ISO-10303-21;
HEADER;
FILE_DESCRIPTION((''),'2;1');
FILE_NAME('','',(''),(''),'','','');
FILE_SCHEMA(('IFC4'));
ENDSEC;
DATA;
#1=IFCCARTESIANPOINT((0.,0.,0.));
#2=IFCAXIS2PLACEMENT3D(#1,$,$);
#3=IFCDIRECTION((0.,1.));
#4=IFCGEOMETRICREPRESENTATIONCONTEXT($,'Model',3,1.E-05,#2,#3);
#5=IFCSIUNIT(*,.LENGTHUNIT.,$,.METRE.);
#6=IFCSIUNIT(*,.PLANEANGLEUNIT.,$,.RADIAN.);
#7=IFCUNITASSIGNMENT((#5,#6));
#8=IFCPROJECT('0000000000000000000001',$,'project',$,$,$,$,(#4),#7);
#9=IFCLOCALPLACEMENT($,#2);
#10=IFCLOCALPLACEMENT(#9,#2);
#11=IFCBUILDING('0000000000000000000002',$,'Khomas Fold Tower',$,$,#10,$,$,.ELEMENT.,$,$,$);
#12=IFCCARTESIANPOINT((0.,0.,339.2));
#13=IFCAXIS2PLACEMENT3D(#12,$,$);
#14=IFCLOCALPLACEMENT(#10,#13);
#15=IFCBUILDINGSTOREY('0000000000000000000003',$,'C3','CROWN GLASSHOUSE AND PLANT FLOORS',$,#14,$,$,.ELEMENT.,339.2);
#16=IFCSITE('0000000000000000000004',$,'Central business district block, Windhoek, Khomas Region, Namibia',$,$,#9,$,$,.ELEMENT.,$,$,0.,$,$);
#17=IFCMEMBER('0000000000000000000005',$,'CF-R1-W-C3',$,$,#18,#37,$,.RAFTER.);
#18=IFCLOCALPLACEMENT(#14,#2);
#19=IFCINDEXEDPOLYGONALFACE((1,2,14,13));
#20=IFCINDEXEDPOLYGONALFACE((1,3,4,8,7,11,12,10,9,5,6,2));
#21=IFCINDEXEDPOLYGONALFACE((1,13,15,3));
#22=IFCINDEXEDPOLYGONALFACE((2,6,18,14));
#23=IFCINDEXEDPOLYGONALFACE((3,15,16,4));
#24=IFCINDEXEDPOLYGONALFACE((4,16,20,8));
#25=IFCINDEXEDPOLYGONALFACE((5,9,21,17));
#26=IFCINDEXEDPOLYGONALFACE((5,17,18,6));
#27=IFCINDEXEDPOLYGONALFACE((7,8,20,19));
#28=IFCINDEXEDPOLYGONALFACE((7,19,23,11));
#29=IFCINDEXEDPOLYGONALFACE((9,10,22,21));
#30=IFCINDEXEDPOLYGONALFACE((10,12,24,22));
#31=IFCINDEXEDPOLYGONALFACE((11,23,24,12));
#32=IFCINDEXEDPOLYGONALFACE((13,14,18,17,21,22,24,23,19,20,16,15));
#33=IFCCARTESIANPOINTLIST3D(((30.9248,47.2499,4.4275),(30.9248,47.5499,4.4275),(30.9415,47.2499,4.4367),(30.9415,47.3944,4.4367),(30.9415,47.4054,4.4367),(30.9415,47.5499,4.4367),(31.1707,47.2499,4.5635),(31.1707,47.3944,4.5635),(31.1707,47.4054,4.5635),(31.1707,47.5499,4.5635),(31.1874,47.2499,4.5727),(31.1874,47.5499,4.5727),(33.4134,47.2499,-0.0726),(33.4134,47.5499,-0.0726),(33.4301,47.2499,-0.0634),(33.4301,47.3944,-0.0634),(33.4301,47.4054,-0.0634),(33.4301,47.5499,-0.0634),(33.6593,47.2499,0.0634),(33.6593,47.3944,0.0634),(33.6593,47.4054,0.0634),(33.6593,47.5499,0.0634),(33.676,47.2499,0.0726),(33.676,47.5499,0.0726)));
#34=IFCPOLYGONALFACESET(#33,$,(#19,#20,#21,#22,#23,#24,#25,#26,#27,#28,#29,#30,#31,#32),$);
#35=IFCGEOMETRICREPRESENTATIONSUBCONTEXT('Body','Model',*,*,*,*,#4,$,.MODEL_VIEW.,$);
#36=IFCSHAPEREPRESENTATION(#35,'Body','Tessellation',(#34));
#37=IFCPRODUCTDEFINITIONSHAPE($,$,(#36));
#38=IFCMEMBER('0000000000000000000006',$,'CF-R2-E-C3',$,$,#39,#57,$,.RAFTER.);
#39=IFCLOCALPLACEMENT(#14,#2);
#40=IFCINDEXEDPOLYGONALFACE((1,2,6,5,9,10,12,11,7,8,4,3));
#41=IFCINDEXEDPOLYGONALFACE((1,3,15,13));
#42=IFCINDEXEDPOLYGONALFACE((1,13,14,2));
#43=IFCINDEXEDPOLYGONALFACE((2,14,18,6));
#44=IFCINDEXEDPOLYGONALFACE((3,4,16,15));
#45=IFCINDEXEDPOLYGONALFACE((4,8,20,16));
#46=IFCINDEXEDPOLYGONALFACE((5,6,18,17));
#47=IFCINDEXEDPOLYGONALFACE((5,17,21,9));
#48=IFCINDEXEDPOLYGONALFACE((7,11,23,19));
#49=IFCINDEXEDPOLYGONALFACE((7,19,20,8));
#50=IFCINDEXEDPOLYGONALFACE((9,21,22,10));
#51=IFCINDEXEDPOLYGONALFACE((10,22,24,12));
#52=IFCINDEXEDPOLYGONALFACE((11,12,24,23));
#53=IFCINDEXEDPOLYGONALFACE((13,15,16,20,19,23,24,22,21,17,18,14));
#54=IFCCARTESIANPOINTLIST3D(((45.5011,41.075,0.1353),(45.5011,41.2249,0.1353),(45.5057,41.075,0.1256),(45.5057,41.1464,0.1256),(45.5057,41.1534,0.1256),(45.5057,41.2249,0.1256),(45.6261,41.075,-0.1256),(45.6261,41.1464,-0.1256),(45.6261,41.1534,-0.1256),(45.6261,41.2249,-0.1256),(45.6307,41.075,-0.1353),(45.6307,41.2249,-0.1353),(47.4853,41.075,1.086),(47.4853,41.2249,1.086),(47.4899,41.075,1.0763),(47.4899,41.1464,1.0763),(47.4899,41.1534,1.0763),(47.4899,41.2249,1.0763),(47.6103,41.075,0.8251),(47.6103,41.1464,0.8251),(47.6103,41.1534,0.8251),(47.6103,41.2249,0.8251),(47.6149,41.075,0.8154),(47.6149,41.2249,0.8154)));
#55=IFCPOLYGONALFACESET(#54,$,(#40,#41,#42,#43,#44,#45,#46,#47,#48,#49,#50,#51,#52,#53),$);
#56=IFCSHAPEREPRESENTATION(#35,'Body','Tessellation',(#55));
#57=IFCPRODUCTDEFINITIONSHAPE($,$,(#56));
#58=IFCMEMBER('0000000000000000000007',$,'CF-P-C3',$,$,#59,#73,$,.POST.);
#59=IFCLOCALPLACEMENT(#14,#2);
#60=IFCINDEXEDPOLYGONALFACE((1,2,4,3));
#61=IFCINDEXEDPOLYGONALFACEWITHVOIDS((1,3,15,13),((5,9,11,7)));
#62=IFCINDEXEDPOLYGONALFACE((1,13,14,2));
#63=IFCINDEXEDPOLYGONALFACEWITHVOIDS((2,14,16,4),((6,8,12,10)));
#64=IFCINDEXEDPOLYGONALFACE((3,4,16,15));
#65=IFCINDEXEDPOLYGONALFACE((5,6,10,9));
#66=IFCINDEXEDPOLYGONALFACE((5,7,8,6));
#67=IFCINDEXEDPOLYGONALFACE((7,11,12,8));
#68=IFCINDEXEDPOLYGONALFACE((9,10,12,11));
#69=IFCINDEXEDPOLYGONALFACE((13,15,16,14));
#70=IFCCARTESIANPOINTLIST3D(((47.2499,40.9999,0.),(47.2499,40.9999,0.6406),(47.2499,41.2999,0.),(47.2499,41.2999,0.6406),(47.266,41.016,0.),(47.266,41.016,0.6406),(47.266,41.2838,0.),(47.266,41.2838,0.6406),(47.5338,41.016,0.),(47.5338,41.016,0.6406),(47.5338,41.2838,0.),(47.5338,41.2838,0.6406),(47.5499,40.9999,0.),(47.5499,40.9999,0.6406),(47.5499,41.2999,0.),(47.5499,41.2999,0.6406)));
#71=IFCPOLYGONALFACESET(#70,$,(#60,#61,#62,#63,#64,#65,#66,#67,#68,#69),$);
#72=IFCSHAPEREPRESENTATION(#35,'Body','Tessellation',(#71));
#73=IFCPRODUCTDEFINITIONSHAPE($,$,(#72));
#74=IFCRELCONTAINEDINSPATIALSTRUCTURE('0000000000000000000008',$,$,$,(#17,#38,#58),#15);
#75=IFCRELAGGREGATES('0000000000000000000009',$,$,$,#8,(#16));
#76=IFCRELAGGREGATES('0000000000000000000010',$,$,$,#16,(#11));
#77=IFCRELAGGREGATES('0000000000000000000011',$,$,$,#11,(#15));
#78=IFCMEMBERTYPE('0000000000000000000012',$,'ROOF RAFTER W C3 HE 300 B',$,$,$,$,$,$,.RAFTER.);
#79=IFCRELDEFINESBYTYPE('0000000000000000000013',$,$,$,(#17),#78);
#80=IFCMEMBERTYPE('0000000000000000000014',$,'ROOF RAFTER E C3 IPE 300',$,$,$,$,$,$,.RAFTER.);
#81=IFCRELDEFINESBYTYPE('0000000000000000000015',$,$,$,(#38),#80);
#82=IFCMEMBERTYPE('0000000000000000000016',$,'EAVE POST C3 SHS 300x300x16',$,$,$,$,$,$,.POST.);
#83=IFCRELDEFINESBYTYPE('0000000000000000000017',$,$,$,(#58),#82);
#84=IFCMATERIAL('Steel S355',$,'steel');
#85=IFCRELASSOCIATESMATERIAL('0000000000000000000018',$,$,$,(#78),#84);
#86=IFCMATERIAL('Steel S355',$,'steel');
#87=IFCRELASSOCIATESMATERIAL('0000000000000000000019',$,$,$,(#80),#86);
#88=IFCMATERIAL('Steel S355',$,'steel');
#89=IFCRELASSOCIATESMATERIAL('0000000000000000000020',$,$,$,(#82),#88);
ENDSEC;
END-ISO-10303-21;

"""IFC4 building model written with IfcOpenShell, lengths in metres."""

from ifc_helpers import new_model, si_unit, direction, frame, origin, origin_2d, place, context, subcontext, project, spatial, hollow_rectangle, i_section, extrude, source, transform, mapped, material, material_profile, profile_set, type_object, element, save


model = new_model("IFC4")

# Units and contexts
model_context = context("Model", 3, precision=1e-05, world=origin(), true_north=direction((0.0, 1.0)))
body_context = subcontext(model_context, "Body", "Model", "MODEL_VIEW")
ifc_project = project(units=[si_unit("LENGTHUNIT", "METRE"), si_unit("PLANEANGLEUNIT", "RADIAN")], contexts=[model_context])

# Site, building, storey
site_placement = place(None, origin())
site = spatial("IfcSite", under=ifc_project, at=site_placement, Name="Central business district block, Windhoek, Khomas Region, Namibia", CompositionType="ELEMENT", RefElevation=0.0)
building_placement = place(site_placement, origin())
building = spatial("IfcBuilding", under=site, at=building_placement, Name="Khomas Fold Tower", CompositionType="ELEMENT")
storey_placement = place(building_placement, frame((0.0, 0.0, 339.2)))
storey = spatial("IfcBuildingStorey", under=building, at=storey_placement, Name="C3", Description="CROWN GLASSHOUSE AND PLANT FLOORS", CompositionType="ELEMENT", Elevation=339.2)

# Members
ifc_material_1 = material(Name="Steel S355", Category="steel")
ifc_material_profile_1 = material_profile(ifc_material_1, i_section(OverallWidth=0.3, OverallDepth=0.3, WebThickness=0.011, FlangeThickness=0.019, at=origin_2d()), Name="HE 300 B")
ifc_profile_set_1 = profile_set([ifc_material_profile_1], Name="Steel S355")
member_type_1 = type_object("IfcMemberType", Name="ROOF RAFTER W C3 HE 300 B", PredefinedType="RAFTER", material=ifc_profile_set_1)
shared_shape_1 = source(origin(), body_context, "Body", "SweptSolid", [
    extrude(i_section(OverallWidth=0.3, OverallDepth=0.3, WebThickness=0.011, FlangeThickness=0.019, at=origin_2d()), origin(), (0.0, 0.0, 1.0), 5.1423),
])
member_1_placement = place(storey_placement, frame((33.5447, 47.3999, 0.0), z_axis=(-0.483937, 0.0, 0.875103), x_axis=(0.0, -1.0, 0.0)))
element("IfcMember", 1, at=member_1_placement, inside=storey, type_object=member_type_1, Name="CF-R1-W-C3", PredefinedType="RAFTER", context=body_context, shape_type="MappedRepresentation", body=[
    mapped(shared_shape_1, transform((0.0, 0.0, 0.0))),
])
ifc_material_2 = material(Name="Steel S355", Category="steel")
ifc_material_profile_2 = material_profile(ifc_material_2, i_section(OverallWidth=0.1499, OverallDepth=0.3, WebThickness=0.0071, FlangeThickness=0.0107, at=origin_2d()), Name="IPE 300")
ifc_profile_set_2 = profile_set([ifc_material_profile_2], Name="Steel S355")
member_type_2 = type_object("IfcMemberType", Name="ROOF RAFTER E C3 IPE 300", PredefinedType="RAFTER", material=ifc_profile_set_2)
shared_shape_2 = source(origin(), body_context, "Body", "SweptSolid", [
    extrude(i_section(OverallWidth=0.1499, OverallDepth=0.3, WebThickness=0.0071, FlangeThickness=0.0107, at=origin_2d()), origin(), (0.0, 0.0, 1.0), 2.2002),
])
member_2_placement = place(storey_placement, frame((45.5659, 41.1499, 0.0), z_axis=(0.901824, 0.0, 0.432103), x_axis=(0.0, 1.0, 0.0)))
element("IfcMember", 2, at=member_2_placement, inside=storey, type_object=member_type_2, Name="CF-R2-E-C3", PredefinedType="RAFTER", context=body_context, shape_type="MappedRepresentation", body=[
    mapped(shared_shape_2, transform((0.0, 0.0, 0.0))),
])
ifc_material_3 = material(Name="Steel S355", Category="steel")
ifc_material_profile_3 = material_profile(ifc_material_3, hollow_rectangle(XDim=0.3, YDim=0.3, WallThickness=0.0161, at=origin_2d()), Name="SHS 300x300x16")
ifc_profile_set_3 = profile_set([ifc_material_profile_3], Name="Steel S355")
member_type_3 = type_object("IfcMemberType", Name="EAVE POST C3 SHS 300x300x16", PredefinedType="POST", material=ifc_profile_set_3)
shared_shape_3 = source(origin(), body_context, "Body", "SweptSolid", [
    extrude(hollow_rectangle(XDim=0.3, YDim=0.3, WallThickness=0.0161, at=origin_2d()), origin(), (0.0, 0.0, 1.0), 0.6406),
])
member_3_placement = place(storey_placement, frame((47.3999, 41.1499, 0.0), z_axis=(0.0, 0.0, 1.0), x_axis=(1.0, 0.0, 0.0)))
element("IfcMember", 3, at=member_3_placement, inside=storey, type_object=member_type_3, Name="CF-P-C3", PredefinedType="POST", context=body_context, shape_type="MappedRepresentation", body=[
    mapped(shared_shape_3, transform((0.0, 0.0, 0.0))),
])

save(model, "model.ifc")
